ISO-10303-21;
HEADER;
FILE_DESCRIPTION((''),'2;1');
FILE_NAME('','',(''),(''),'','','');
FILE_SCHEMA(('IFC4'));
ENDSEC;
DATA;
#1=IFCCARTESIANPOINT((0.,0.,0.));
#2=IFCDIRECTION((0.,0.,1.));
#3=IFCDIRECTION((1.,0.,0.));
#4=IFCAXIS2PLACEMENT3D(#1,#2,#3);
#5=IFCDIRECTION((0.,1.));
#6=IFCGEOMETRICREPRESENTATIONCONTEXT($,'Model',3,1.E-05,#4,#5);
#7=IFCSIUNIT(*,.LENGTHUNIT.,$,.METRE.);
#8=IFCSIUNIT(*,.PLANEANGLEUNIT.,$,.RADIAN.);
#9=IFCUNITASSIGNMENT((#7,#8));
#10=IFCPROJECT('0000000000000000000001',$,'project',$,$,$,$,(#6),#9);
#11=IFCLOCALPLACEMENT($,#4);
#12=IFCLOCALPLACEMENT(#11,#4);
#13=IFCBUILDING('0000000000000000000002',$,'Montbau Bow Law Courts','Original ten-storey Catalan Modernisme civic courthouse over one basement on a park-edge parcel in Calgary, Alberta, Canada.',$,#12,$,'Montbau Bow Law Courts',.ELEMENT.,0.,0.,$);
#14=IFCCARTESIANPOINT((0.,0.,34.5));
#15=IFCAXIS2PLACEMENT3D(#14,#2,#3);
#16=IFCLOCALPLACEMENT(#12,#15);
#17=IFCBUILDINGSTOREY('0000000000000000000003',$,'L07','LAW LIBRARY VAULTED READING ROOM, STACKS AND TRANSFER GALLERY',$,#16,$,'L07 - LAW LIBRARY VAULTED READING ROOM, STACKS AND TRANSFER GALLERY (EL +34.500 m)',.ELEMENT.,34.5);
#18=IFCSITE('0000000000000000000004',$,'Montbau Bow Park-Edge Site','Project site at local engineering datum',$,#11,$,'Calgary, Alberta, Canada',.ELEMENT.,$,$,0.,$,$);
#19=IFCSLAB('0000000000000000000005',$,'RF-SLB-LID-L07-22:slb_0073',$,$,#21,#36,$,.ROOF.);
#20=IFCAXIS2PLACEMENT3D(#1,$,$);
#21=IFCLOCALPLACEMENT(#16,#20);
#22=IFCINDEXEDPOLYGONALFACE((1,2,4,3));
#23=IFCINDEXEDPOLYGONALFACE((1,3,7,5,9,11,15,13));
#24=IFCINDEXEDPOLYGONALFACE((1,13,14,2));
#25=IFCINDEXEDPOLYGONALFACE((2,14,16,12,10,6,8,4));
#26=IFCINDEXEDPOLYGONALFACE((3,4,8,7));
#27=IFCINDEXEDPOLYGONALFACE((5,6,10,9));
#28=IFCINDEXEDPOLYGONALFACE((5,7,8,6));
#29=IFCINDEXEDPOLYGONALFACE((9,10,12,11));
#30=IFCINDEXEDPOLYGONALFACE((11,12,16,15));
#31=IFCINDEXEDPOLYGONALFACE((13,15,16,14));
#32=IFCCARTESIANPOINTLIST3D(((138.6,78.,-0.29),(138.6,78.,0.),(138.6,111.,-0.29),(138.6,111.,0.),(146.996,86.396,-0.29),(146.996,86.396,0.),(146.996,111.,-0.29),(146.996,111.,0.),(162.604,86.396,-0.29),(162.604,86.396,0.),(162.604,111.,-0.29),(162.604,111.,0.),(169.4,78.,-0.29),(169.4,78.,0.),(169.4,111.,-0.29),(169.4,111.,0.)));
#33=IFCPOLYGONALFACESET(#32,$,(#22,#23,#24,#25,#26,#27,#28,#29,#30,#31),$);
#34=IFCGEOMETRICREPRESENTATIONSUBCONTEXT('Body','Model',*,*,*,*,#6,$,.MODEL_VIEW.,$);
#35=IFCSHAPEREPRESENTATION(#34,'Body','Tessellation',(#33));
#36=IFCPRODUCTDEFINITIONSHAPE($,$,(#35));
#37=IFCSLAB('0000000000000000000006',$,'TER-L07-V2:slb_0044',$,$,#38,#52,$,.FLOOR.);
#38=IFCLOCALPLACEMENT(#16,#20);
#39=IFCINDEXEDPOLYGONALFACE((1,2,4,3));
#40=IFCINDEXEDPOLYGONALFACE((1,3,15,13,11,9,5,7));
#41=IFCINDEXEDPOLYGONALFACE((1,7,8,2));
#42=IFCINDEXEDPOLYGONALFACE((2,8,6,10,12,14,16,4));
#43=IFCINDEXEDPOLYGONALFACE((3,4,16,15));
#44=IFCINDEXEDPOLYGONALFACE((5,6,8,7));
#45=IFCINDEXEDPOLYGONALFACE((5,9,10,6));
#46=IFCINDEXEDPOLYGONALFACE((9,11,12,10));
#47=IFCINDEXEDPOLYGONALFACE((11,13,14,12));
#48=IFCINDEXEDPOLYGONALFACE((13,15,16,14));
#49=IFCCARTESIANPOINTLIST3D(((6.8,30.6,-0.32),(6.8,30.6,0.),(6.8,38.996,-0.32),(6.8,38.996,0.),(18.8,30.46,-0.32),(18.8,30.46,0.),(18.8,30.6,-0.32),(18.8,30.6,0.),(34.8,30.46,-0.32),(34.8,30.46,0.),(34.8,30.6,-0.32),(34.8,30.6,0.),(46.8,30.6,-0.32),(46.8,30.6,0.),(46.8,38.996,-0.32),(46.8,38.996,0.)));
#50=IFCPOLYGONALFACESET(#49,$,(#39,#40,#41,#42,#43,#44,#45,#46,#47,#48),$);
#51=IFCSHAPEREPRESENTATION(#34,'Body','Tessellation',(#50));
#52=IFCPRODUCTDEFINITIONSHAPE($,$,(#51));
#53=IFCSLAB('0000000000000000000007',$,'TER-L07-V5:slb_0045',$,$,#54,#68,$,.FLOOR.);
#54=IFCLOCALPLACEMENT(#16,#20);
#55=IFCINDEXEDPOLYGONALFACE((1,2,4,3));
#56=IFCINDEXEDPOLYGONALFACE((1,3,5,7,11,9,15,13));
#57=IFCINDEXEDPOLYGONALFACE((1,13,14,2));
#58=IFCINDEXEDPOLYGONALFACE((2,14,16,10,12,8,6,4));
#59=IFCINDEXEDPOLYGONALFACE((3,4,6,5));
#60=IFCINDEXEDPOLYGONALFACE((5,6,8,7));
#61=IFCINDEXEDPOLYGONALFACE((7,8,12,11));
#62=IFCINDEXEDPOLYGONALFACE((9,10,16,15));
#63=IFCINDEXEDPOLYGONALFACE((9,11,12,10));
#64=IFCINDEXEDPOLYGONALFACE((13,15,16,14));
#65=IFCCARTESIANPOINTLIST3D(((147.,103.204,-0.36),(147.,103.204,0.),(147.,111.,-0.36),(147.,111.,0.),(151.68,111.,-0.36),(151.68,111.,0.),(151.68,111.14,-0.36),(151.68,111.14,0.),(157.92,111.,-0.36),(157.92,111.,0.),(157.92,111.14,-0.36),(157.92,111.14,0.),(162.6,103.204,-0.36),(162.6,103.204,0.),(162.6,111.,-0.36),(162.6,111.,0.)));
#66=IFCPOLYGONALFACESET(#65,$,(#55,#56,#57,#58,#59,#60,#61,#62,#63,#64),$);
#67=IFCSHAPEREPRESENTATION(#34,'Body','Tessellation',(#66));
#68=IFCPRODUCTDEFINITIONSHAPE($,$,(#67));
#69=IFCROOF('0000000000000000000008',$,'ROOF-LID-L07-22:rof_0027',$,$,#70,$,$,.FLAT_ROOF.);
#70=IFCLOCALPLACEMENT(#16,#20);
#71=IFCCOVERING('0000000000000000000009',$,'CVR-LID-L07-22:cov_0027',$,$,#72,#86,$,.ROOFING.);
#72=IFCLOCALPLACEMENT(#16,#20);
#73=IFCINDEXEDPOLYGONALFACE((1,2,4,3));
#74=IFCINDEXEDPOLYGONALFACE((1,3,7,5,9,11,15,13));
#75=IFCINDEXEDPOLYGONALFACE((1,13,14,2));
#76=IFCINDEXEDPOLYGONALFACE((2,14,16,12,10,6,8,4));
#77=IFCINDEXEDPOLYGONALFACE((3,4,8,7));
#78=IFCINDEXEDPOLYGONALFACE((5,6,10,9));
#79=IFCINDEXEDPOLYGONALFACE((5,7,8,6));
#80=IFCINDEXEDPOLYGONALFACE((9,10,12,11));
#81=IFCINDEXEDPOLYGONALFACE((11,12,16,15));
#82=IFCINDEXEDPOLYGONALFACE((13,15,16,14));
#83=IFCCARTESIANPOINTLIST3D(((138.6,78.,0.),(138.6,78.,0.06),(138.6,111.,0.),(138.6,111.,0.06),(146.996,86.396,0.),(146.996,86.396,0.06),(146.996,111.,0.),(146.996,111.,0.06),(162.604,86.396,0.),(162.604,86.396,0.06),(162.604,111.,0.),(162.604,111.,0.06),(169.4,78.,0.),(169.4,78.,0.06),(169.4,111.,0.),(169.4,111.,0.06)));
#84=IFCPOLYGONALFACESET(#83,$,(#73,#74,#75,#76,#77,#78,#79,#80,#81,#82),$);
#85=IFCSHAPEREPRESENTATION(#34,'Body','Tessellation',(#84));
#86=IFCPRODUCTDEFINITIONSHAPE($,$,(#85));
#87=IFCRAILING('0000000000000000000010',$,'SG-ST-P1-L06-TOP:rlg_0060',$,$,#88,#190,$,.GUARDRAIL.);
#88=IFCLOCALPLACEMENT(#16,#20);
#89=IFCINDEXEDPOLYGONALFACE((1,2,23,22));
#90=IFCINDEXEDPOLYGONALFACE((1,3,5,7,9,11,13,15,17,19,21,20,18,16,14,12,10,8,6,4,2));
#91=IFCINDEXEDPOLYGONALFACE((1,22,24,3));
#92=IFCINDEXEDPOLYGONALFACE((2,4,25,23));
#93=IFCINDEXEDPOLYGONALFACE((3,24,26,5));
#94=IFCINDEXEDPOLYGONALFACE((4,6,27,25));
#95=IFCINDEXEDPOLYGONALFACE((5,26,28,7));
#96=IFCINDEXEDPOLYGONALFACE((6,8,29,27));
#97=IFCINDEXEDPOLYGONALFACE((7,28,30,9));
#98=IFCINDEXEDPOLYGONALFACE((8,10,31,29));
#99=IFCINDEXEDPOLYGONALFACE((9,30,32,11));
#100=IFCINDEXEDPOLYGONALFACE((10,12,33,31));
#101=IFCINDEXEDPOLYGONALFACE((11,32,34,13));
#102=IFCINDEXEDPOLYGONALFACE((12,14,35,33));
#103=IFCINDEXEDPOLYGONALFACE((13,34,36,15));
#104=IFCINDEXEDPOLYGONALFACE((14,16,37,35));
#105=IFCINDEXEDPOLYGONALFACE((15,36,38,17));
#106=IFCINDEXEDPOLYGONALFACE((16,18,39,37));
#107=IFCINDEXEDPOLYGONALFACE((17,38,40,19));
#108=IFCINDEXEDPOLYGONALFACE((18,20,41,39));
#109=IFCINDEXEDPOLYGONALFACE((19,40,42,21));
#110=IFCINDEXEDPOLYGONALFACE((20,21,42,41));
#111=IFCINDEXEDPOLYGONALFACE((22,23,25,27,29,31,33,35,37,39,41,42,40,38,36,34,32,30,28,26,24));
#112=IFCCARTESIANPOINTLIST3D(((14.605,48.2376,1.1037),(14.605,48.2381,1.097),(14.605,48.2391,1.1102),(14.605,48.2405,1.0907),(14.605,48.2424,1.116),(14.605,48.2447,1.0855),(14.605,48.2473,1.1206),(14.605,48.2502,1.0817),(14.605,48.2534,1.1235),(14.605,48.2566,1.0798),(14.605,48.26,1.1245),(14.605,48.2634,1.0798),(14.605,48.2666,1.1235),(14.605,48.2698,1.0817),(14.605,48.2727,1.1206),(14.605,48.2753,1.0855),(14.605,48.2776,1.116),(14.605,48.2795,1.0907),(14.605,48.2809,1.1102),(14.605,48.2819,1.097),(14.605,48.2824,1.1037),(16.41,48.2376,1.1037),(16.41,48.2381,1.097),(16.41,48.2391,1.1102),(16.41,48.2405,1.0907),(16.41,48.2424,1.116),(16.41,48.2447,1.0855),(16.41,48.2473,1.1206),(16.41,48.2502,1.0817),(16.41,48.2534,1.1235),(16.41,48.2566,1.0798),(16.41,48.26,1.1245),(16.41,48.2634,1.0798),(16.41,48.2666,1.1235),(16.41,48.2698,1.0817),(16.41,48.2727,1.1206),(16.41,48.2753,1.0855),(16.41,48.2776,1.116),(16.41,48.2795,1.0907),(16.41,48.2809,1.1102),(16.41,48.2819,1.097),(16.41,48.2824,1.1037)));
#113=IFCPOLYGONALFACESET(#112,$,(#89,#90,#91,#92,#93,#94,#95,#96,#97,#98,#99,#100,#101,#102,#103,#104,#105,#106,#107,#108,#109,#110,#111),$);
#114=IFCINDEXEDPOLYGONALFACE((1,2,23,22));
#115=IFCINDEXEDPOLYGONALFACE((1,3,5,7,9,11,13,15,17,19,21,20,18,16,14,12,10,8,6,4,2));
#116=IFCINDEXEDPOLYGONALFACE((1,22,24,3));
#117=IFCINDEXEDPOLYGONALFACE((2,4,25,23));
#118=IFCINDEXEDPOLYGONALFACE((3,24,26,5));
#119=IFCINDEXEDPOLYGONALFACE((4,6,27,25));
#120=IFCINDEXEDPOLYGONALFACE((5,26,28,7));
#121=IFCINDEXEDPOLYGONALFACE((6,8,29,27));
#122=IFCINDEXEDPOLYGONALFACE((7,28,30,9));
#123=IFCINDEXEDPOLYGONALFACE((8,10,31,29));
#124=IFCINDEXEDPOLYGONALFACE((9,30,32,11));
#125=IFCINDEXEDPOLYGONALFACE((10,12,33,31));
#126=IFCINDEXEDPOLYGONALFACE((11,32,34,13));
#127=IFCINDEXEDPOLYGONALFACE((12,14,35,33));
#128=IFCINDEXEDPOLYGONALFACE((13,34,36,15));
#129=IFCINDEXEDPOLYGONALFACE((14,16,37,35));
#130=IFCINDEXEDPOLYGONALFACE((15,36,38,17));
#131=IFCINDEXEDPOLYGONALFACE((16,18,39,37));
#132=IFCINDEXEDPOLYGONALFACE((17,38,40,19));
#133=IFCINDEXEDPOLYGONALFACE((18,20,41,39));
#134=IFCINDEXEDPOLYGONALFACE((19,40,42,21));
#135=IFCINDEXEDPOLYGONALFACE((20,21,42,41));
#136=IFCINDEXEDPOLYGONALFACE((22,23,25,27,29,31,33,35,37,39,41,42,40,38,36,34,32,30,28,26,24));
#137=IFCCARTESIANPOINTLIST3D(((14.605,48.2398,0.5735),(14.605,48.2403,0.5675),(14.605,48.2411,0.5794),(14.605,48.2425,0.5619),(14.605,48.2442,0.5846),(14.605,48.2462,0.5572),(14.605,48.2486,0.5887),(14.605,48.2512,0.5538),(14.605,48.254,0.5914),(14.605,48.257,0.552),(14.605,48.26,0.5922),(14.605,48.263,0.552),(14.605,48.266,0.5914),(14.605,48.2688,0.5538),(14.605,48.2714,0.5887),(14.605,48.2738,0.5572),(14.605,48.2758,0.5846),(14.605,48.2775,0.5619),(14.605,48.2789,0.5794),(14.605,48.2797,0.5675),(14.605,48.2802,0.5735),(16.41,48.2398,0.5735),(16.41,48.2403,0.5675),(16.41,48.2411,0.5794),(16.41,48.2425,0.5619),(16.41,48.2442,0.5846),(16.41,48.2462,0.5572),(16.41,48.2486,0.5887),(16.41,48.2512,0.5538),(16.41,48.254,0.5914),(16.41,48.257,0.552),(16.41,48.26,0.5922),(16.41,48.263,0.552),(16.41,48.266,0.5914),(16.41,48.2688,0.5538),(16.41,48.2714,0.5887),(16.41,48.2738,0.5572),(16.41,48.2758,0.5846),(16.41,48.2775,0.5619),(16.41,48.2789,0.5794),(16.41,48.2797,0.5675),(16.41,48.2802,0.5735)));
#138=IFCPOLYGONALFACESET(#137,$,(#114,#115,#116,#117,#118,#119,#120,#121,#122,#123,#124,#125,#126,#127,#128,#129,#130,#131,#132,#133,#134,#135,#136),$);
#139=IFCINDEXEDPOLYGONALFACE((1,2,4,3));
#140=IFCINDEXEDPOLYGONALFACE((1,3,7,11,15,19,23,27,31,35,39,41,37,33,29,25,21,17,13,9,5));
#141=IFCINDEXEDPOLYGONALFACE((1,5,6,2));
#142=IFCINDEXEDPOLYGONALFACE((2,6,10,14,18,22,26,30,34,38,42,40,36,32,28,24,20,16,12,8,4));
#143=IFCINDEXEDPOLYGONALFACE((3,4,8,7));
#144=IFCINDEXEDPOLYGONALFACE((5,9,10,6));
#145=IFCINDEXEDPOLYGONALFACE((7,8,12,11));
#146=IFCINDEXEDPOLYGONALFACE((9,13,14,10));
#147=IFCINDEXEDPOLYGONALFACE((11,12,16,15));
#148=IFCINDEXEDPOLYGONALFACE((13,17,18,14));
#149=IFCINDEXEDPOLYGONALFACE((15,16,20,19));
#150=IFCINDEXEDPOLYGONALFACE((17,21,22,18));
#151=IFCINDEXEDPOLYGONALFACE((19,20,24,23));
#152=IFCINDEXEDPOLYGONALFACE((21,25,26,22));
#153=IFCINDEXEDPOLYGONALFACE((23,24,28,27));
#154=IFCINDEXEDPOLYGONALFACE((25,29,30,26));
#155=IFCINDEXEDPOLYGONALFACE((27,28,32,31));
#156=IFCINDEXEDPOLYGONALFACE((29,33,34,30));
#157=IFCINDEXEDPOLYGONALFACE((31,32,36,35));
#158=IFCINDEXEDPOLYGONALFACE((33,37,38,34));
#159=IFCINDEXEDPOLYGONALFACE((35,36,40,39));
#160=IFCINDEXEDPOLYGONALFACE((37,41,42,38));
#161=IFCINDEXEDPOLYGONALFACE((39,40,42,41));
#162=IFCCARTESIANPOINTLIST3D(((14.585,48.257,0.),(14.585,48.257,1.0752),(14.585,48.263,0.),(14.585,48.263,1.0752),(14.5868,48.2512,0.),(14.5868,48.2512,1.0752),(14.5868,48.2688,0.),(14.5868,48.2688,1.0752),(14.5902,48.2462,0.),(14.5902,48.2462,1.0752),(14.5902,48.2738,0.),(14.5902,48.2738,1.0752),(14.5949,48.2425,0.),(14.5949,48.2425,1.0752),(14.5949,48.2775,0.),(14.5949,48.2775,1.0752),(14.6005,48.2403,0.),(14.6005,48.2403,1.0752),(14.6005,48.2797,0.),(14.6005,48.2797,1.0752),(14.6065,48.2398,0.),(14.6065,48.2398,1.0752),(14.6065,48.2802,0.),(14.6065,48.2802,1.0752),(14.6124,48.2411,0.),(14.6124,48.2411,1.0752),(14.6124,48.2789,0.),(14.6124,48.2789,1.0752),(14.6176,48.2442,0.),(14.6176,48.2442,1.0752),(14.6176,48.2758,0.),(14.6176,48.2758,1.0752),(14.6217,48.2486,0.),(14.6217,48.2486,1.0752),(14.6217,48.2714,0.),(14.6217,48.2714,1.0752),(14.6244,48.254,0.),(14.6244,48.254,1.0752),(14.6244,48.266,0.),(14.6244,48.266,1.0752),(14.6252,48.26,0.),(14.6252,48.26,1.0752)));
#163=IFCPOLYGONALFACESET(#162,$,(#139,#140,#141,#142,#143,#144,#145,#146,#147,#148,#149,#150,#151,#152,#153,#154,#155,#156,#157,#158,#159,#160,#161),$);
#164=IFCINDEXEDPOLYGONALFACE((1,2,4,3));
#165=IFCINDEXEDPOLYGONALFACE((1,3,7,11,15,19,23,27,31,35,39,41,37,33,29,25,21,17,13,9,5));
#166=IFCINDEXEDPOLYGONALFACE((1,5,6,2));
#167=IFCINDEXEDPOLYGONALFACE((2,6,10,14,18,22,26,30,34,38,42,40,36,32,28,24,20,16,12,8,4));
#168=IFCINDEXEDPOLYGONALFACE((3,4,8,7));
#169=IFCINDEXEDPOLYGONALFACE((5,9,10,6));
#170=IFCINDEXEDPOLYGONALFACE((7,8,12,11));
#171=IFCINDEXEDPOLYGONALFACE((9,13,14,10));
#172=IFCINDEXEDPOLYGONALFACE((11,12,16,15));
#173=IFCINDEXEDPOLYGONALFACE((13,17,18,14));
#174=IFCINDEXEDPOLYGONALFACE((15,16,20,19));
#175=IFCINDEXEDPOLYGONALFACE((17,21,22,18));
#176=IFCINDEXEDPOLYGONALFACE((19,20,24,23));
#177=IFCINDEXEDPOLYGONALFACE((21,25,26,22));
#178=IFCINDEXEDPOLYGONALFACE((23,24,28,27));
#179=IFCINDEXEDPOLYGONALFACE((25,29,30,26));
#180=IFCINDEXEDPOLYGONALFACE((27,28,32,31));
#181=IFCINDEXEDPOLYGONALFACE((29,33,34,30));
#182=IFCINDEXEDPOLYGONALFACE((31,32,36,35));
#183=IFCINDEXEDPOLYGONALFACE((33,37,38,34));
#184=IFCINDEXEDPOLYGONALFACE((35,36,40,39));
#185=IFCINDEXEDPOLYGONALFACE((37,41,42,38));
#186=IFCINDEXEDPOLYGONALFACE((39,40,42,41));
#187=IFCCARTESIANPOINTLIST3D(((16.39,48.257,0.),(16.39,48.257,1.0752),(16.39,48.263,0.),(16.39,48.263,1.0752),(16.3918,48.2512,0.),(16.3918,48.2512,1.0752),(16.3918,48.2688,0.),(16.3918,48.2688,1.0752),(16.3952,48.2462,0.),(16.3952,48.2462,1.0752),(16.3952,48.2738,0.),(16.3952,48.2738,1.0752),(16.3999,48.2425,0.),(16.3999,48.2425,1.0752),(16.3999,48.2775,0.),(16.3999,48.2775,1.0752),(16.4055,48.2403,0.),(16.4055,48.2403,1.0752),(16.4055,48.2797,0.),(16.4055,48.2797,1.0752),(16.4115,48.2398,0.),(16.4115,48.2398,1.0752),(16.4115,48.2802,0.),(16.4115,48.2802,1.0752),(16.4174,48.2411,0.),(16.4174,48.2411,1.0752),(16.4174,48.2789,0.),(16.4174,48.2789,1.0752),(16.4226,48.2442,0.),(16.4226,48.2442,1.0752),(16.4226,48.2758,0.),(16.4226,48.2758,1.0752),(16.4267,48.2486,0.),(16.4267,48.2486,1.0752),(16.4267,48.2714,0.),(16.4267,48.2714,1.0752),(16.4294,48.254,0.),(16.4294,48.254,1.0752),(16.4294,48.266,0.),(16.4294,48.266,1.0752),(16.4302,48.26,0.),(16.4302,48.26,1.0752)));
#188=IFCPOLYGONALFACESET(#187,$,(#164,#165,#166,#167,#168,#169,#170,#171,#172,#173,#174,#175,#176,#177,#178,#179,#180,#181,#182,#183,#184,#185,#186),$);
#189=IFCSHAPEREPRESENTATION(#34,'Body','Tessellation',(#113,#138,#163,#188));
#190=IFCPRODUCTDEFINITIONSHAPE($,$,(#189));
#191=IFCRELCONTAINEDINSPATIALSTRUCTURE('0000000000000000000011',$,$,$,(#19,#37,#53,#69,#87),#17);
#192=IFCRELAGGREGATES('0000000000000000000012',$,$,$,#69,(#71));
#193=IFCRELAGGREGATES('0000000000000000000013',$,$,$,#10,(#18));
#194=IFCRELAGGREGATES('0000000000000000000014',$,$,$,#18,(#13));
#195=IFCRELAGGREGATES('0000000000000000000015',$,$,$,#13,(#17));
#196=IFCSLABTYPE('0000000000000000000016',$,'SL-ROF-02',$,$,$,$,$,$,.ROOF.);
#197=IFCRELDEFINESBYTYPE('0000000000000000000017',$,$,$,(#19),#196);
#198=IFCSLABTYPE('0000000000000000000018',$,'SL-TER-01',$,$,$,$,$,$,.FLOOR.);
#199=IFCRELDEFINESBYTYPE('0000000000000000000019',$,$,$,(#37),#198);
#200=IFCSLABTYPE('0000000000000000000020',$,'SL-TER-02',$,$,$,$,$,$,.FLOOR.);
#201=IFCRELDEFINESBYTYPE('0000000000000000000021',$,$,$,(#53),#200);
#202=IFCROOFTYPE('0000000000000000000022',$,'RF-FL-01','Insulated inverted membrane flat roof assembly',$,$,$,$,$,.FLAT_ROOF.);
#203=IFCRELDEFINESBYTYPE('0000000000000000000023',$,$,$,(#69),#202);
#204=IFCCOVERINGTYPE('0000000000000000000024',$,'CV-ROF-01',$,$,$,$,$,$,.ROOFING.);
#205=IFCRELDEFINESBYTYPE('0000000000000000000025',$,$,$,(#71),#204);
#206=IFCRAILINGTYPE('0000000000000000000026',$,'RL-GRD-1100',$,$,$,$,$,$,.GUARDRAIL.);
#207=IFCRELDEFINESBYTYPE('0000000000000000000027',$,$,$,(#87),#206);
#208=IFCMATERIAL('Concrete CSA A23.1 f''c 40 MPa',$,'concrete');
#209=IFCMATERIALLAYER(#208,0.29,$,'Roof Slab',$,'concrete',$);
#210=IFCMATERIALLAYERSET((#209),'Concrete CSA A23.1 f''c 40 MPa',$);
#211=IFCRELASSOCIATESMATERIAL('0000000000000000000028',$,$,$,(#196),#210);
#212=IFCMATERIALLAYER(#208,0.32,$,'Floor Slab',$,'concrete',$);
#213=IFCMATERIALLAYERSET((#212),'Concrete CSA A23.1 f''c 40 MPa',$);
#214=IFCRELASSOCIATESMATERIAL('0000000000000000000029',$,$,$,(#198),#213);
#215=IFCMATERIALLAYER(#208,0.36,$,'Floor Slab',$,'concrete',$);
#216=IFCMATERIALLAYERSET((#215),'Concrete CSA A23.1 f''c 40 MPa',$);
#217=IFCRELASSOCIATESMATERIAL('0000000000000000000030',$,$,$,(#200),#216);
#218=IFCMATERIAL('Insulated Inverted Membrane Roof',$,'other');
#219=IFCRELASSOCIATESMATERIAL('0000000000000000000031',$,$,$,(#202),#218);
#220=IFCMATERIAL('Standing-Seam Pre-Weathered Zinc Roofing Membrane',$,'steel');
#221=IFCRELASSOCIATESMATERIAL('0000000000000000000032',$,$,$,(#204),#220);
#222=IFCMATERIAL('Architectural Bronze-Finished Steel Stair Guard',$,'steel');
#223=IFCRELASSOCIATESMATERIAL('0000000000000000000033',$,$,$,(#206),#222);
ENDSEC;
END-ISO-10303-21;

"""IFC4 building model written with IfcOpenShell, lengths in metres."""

from ifc_helpers import new_model, si_unit, direction, frame, origin_with_axes, origin_2d_with_axis, place, context, subcontext, project, spatial, polyline, circle, outline, extrude, material, layer, layer_set, type_object, element, aggregate, save


model = new_model("IFC4")

# Units and contexts
model_context = context("Model", 3, precision=1e-05, world=origin_with_axes(), true_north=direction((0.0, 1.0)))
body_context = subcontext(model_context, "Body", "Model", "MODEL_VIEW")
ifc_project = project(units=[si_unit("LENGTHUNIT", "METRE"), si_unit("PLANEANGLEUNIT", "RADIAN")], contexts=[model_context])

# Site, building, storey
site_placement = place(None, origin_with_axes())
site = spatial("IfcSite", under=ifc_project, at=site_placement, Name="Montbau Bow Park-Edge Site", Description="Project site at local engineering datum", LongName="Calgary, Alberta, Canada", CompositionType="ELEMENT", RefElevation=0.0)
building_placement = place(site_placement, origin_with_axes())
building = spatial("IfcBuilding", under=site, at=building_placement, Name="Montbau Bow Law Courts", Description="Original ten-storey Catalan Modernisme civic courthouse over one basement on a park-edge parcel in Calgary, Alberta, Canada.", LongName="Montbau Bow Law Courts", CompositionType="ELEMENT", ElevationOfRefHeight=0.0, ElevationOfTerrain=0.0)
storey_placement = place(building_placement, frame((0.0, 0.0, 34.5), z_axis=(0.0, 0.0, 1.0), x_axis=(1.0, 0.0, 0.0)))
storey = spatial("IfcBuildingStorey", under=building, at=storey_placement, Name="L07", Description="LAW LIBRARY VAULTED READING ROOM, STACKS AND TRANSFER GALLERY", LongName="L07 - LAW LIBRARY VAULTED READING ROOM, STACKS AND TRANSFER GALLERY (EL +34.500 m)", CompositionType="ELEMENT", Elevation=34.5)

# Shared definitions
ifc_material_1 = material(Name="Concrete CSA A23.1 f'c 40 MPa", Category="concrete")

# Slabs
ifc_layer_1 = layer(ifc_material_1, 0.29, Name="Roof Slab", Category="concrete")
ifc_layer_set_1 = layer_set([ifc_layer_1], Name="Concrete CSA A23.1 f'c 40 MPa")
slab_type_1 = type_object("IfcSlabType", Name="SL-ROF-02", PredefinedType="ROOF", material=ifc_layer_set_1)
slab_1_placement = place(None, frame((0.0, 0.0, 34.21), z_axis=(0.0, 0.0, 1.0), x_axis=(1.0, 0.0, 0.0)))
element("IfcSlab", 1, at=slab_1_placement, inside=storey, type_object=slab_type_1, Name="RF-SLB-LID-L07-22:slb_0073", PredefinedType="ROOF", context=body_context, shape_type="SweptSolid", body=[
    extrude(outline(polyline([(146.996, 111.0), (146.996, 86.396), (162.604, 86.396), (162.604, 111.0), (169.4, 111.0), (169.4, 78.0), (138.6, 78.0), (138.6, 111.0), (146.996, 111.0)])), origin_with_axes(), (0.0, 0.0, 1.0), 0.29),
])
ifc_layer_2 = layer(ifc_material_1, 0.32, Name="Floor Slab", Category="concrete")
ifc_layer_set_2 = layer_set([ifc_layer_2], Name="Concrete CSA A23.1 f'c 40 MPa")
slab_type_2 = type_object("IfcSlabType", Name="SL-TER-01", PredefinedType="FLOOR", material=ifc_layer_set_2)
slab_2_placement = place(None, frame((0.0, 0.0, 34.18), z_axis=(0.0, 0.0, 1.0), x_axis=(1.0, 0.0, 0.0)))
element("IfcSlab", 2, at=slab_2_placement, inside=storey, type_object=slab_type_2, Name="TER-L07-V2:slb_0044", PredefinedType="FLOOR", context=body_context, shape_type="SweptSolid", body=[
    extrude(outline(polyline([(6.8, 30.6), (18.8, 30.6), (18.8, 30.46), (34.8, 30.46), (34.8, 30.6), (46.8, 30.6), (46.8, 38.996), (6.8, 38.996), (6.8, 30.6)])), origin_with_axes(), (0.0, 0.0, 1.0), 0.32),
])
ifc_layer_3 = layer(ifc_material_1, 0.36, Name="Floor Slab", Category="concrete")
ifc_layer_set_3 = layer_set([ifc_layer_3], Name="Concrete CSA A23.1 f'c 40 MPa")
slab_type_3 = type_object("IfcSlabType", Name="SL-TER-02", PredefinedType="FLOOR", material=ifc_layer_set_3)
slab_3_placement = place(None, frame((0.0, 0.0, 34.14), z_axis=(0.0, 0.0, 1.0), x_axis=(1.0, 0.0, 0.0)))
element("IfcSlab", 3, at=slab_3_placement, inside=storey, type_object=slab_type_3, Name="TER-L07-V5:slb_0045", PredefinedType="FLOOR", context=body_context, shape_type="SweptSolid", body=[
    extrude(outline(polyline([(147.0, 103.204), (162.6, 103.204), (162.6, 111.0), (157.92, 111.0), (157.92, 111.14), (151.68, 111.14), (151.68, 111.0), (147.0, 111.0), (147.0, 103.204)])), origin_with_axes(), (0.0, 0.0, 1.0), 0.36),
])

# Roof, covering
ifc_material_2 = material(Name="Insulated Inverted Membrane Roof", Category="other")
roof_type = type_object("IfcRoofType", Name="RF-FL-01", Description="Insulated inverted membrane flat roof assembly", PredefinedType="FLAT_ROOF", material=ifc_material_2)
roof_placement = place(None, frame((138.6, 78.0, 34.5), z_axis=(0.0, 0.0, 1.0), x_axis=(1.0, 0.0, 0.0)))
roof = element("IfcRoof", 4, at=roof_placement, inside=storey, type_object=roof_type, Name="ROOF-LID-L07-22:rof_0027", PredefinedType="FLAT_ROOF")
ifc_material_3 = material(Name="Standing-Seam Pre-Weathered Zinc Roofing Membrane", Category="steel")
covering_type = type_object("IfcCoveringType", Name="CV-ROF-01", PredefinedType="ROOFING", material=ifc_material_3)
covering_placement = place(None, frame((0.0, 0.0, 34.5), z_axis=(0.0, 0.0, 1.0), x_axis=(1.0, 0.0, 0.0)))
covering = element("IfcCovering", 5, at=covering_placement, type_object=covering_type, Name="CVR-LID-L07-22:cov_0027", PredefinedType="ROOFING", context=body_context, shape_type="SweptSolid", body=[
    extrude(outline(polyline([(146.996, 111.0), (146.996, 86.396), (162.604, 86.396), (162.604, 111.0), (169.4, 111.0), (169.4, 78.0), (138.6, 78.0), (138.6, 111.0), (146.996, 111.0)])), origin_with_axes(), (0.0, 0.0, 1.0), 0.06),
])
aggregate(roof, [covering])

# Railing
ifc_material_4 = material(Name="Architectural Bronze-Finished Steel Stair Guard", Category="steel")
railing_type_1 = type_object("IfcRailingType", Name="RL-GRD-1100", PredefinedType="GUARDRAIL", material=ifc_material_4)
railing_1_placement = place(None, origin_with_axes())
element("IfcRailing", 6, at=railing_1_placement, inside=storey, type_object=railing_type_1, Name="SG-ST-P1-L06-TOP:rlg_0060", PredefinedType="GUARDRAIL", context=body_context, shape_type="SweptSolid", body=[
    extrude(circle(Radius=0.0225, at=origin_2d_with_axis()), frame((14.605, 48.26, 35.602), z_axis=(1.0, 0.0, 0.0), x_axis=(0.0, 0.0, 1.0)), (0.0, 0.0, 1.0), 1.805),
    extrude(circle(Radius=0.0203, at=origin_2d_with_axis()), frame((14.605, 48.26, 35.072), z_axis=(1.0, 0.0, 0.0), x_axis=(0.0, 0.0, 1.0)), (0.0, 0.0, 1.0), 1.805),
    extrude(circle(Radius=0.0203, at=origin_2d_with_axis()), frame((14.605, 48.26, 34.5), z_axis=(0.0, 0.0, 1.0), x_axis=(1.0, 0.0, 0.0)), (0.0, 0.0, 1.0), 1.0753),
    extrude(circle(Radius=0.0203, at=origin_2d_with_axis()), frame((16.41, 48.26, 34.5), z_axis=(0.0, 0.0, 1.0), x_axis=(1.0, 0.0, 0.0)), (0.0, 0.0, 1.0), 1.0753),
])

save(model, "model.ifc")
